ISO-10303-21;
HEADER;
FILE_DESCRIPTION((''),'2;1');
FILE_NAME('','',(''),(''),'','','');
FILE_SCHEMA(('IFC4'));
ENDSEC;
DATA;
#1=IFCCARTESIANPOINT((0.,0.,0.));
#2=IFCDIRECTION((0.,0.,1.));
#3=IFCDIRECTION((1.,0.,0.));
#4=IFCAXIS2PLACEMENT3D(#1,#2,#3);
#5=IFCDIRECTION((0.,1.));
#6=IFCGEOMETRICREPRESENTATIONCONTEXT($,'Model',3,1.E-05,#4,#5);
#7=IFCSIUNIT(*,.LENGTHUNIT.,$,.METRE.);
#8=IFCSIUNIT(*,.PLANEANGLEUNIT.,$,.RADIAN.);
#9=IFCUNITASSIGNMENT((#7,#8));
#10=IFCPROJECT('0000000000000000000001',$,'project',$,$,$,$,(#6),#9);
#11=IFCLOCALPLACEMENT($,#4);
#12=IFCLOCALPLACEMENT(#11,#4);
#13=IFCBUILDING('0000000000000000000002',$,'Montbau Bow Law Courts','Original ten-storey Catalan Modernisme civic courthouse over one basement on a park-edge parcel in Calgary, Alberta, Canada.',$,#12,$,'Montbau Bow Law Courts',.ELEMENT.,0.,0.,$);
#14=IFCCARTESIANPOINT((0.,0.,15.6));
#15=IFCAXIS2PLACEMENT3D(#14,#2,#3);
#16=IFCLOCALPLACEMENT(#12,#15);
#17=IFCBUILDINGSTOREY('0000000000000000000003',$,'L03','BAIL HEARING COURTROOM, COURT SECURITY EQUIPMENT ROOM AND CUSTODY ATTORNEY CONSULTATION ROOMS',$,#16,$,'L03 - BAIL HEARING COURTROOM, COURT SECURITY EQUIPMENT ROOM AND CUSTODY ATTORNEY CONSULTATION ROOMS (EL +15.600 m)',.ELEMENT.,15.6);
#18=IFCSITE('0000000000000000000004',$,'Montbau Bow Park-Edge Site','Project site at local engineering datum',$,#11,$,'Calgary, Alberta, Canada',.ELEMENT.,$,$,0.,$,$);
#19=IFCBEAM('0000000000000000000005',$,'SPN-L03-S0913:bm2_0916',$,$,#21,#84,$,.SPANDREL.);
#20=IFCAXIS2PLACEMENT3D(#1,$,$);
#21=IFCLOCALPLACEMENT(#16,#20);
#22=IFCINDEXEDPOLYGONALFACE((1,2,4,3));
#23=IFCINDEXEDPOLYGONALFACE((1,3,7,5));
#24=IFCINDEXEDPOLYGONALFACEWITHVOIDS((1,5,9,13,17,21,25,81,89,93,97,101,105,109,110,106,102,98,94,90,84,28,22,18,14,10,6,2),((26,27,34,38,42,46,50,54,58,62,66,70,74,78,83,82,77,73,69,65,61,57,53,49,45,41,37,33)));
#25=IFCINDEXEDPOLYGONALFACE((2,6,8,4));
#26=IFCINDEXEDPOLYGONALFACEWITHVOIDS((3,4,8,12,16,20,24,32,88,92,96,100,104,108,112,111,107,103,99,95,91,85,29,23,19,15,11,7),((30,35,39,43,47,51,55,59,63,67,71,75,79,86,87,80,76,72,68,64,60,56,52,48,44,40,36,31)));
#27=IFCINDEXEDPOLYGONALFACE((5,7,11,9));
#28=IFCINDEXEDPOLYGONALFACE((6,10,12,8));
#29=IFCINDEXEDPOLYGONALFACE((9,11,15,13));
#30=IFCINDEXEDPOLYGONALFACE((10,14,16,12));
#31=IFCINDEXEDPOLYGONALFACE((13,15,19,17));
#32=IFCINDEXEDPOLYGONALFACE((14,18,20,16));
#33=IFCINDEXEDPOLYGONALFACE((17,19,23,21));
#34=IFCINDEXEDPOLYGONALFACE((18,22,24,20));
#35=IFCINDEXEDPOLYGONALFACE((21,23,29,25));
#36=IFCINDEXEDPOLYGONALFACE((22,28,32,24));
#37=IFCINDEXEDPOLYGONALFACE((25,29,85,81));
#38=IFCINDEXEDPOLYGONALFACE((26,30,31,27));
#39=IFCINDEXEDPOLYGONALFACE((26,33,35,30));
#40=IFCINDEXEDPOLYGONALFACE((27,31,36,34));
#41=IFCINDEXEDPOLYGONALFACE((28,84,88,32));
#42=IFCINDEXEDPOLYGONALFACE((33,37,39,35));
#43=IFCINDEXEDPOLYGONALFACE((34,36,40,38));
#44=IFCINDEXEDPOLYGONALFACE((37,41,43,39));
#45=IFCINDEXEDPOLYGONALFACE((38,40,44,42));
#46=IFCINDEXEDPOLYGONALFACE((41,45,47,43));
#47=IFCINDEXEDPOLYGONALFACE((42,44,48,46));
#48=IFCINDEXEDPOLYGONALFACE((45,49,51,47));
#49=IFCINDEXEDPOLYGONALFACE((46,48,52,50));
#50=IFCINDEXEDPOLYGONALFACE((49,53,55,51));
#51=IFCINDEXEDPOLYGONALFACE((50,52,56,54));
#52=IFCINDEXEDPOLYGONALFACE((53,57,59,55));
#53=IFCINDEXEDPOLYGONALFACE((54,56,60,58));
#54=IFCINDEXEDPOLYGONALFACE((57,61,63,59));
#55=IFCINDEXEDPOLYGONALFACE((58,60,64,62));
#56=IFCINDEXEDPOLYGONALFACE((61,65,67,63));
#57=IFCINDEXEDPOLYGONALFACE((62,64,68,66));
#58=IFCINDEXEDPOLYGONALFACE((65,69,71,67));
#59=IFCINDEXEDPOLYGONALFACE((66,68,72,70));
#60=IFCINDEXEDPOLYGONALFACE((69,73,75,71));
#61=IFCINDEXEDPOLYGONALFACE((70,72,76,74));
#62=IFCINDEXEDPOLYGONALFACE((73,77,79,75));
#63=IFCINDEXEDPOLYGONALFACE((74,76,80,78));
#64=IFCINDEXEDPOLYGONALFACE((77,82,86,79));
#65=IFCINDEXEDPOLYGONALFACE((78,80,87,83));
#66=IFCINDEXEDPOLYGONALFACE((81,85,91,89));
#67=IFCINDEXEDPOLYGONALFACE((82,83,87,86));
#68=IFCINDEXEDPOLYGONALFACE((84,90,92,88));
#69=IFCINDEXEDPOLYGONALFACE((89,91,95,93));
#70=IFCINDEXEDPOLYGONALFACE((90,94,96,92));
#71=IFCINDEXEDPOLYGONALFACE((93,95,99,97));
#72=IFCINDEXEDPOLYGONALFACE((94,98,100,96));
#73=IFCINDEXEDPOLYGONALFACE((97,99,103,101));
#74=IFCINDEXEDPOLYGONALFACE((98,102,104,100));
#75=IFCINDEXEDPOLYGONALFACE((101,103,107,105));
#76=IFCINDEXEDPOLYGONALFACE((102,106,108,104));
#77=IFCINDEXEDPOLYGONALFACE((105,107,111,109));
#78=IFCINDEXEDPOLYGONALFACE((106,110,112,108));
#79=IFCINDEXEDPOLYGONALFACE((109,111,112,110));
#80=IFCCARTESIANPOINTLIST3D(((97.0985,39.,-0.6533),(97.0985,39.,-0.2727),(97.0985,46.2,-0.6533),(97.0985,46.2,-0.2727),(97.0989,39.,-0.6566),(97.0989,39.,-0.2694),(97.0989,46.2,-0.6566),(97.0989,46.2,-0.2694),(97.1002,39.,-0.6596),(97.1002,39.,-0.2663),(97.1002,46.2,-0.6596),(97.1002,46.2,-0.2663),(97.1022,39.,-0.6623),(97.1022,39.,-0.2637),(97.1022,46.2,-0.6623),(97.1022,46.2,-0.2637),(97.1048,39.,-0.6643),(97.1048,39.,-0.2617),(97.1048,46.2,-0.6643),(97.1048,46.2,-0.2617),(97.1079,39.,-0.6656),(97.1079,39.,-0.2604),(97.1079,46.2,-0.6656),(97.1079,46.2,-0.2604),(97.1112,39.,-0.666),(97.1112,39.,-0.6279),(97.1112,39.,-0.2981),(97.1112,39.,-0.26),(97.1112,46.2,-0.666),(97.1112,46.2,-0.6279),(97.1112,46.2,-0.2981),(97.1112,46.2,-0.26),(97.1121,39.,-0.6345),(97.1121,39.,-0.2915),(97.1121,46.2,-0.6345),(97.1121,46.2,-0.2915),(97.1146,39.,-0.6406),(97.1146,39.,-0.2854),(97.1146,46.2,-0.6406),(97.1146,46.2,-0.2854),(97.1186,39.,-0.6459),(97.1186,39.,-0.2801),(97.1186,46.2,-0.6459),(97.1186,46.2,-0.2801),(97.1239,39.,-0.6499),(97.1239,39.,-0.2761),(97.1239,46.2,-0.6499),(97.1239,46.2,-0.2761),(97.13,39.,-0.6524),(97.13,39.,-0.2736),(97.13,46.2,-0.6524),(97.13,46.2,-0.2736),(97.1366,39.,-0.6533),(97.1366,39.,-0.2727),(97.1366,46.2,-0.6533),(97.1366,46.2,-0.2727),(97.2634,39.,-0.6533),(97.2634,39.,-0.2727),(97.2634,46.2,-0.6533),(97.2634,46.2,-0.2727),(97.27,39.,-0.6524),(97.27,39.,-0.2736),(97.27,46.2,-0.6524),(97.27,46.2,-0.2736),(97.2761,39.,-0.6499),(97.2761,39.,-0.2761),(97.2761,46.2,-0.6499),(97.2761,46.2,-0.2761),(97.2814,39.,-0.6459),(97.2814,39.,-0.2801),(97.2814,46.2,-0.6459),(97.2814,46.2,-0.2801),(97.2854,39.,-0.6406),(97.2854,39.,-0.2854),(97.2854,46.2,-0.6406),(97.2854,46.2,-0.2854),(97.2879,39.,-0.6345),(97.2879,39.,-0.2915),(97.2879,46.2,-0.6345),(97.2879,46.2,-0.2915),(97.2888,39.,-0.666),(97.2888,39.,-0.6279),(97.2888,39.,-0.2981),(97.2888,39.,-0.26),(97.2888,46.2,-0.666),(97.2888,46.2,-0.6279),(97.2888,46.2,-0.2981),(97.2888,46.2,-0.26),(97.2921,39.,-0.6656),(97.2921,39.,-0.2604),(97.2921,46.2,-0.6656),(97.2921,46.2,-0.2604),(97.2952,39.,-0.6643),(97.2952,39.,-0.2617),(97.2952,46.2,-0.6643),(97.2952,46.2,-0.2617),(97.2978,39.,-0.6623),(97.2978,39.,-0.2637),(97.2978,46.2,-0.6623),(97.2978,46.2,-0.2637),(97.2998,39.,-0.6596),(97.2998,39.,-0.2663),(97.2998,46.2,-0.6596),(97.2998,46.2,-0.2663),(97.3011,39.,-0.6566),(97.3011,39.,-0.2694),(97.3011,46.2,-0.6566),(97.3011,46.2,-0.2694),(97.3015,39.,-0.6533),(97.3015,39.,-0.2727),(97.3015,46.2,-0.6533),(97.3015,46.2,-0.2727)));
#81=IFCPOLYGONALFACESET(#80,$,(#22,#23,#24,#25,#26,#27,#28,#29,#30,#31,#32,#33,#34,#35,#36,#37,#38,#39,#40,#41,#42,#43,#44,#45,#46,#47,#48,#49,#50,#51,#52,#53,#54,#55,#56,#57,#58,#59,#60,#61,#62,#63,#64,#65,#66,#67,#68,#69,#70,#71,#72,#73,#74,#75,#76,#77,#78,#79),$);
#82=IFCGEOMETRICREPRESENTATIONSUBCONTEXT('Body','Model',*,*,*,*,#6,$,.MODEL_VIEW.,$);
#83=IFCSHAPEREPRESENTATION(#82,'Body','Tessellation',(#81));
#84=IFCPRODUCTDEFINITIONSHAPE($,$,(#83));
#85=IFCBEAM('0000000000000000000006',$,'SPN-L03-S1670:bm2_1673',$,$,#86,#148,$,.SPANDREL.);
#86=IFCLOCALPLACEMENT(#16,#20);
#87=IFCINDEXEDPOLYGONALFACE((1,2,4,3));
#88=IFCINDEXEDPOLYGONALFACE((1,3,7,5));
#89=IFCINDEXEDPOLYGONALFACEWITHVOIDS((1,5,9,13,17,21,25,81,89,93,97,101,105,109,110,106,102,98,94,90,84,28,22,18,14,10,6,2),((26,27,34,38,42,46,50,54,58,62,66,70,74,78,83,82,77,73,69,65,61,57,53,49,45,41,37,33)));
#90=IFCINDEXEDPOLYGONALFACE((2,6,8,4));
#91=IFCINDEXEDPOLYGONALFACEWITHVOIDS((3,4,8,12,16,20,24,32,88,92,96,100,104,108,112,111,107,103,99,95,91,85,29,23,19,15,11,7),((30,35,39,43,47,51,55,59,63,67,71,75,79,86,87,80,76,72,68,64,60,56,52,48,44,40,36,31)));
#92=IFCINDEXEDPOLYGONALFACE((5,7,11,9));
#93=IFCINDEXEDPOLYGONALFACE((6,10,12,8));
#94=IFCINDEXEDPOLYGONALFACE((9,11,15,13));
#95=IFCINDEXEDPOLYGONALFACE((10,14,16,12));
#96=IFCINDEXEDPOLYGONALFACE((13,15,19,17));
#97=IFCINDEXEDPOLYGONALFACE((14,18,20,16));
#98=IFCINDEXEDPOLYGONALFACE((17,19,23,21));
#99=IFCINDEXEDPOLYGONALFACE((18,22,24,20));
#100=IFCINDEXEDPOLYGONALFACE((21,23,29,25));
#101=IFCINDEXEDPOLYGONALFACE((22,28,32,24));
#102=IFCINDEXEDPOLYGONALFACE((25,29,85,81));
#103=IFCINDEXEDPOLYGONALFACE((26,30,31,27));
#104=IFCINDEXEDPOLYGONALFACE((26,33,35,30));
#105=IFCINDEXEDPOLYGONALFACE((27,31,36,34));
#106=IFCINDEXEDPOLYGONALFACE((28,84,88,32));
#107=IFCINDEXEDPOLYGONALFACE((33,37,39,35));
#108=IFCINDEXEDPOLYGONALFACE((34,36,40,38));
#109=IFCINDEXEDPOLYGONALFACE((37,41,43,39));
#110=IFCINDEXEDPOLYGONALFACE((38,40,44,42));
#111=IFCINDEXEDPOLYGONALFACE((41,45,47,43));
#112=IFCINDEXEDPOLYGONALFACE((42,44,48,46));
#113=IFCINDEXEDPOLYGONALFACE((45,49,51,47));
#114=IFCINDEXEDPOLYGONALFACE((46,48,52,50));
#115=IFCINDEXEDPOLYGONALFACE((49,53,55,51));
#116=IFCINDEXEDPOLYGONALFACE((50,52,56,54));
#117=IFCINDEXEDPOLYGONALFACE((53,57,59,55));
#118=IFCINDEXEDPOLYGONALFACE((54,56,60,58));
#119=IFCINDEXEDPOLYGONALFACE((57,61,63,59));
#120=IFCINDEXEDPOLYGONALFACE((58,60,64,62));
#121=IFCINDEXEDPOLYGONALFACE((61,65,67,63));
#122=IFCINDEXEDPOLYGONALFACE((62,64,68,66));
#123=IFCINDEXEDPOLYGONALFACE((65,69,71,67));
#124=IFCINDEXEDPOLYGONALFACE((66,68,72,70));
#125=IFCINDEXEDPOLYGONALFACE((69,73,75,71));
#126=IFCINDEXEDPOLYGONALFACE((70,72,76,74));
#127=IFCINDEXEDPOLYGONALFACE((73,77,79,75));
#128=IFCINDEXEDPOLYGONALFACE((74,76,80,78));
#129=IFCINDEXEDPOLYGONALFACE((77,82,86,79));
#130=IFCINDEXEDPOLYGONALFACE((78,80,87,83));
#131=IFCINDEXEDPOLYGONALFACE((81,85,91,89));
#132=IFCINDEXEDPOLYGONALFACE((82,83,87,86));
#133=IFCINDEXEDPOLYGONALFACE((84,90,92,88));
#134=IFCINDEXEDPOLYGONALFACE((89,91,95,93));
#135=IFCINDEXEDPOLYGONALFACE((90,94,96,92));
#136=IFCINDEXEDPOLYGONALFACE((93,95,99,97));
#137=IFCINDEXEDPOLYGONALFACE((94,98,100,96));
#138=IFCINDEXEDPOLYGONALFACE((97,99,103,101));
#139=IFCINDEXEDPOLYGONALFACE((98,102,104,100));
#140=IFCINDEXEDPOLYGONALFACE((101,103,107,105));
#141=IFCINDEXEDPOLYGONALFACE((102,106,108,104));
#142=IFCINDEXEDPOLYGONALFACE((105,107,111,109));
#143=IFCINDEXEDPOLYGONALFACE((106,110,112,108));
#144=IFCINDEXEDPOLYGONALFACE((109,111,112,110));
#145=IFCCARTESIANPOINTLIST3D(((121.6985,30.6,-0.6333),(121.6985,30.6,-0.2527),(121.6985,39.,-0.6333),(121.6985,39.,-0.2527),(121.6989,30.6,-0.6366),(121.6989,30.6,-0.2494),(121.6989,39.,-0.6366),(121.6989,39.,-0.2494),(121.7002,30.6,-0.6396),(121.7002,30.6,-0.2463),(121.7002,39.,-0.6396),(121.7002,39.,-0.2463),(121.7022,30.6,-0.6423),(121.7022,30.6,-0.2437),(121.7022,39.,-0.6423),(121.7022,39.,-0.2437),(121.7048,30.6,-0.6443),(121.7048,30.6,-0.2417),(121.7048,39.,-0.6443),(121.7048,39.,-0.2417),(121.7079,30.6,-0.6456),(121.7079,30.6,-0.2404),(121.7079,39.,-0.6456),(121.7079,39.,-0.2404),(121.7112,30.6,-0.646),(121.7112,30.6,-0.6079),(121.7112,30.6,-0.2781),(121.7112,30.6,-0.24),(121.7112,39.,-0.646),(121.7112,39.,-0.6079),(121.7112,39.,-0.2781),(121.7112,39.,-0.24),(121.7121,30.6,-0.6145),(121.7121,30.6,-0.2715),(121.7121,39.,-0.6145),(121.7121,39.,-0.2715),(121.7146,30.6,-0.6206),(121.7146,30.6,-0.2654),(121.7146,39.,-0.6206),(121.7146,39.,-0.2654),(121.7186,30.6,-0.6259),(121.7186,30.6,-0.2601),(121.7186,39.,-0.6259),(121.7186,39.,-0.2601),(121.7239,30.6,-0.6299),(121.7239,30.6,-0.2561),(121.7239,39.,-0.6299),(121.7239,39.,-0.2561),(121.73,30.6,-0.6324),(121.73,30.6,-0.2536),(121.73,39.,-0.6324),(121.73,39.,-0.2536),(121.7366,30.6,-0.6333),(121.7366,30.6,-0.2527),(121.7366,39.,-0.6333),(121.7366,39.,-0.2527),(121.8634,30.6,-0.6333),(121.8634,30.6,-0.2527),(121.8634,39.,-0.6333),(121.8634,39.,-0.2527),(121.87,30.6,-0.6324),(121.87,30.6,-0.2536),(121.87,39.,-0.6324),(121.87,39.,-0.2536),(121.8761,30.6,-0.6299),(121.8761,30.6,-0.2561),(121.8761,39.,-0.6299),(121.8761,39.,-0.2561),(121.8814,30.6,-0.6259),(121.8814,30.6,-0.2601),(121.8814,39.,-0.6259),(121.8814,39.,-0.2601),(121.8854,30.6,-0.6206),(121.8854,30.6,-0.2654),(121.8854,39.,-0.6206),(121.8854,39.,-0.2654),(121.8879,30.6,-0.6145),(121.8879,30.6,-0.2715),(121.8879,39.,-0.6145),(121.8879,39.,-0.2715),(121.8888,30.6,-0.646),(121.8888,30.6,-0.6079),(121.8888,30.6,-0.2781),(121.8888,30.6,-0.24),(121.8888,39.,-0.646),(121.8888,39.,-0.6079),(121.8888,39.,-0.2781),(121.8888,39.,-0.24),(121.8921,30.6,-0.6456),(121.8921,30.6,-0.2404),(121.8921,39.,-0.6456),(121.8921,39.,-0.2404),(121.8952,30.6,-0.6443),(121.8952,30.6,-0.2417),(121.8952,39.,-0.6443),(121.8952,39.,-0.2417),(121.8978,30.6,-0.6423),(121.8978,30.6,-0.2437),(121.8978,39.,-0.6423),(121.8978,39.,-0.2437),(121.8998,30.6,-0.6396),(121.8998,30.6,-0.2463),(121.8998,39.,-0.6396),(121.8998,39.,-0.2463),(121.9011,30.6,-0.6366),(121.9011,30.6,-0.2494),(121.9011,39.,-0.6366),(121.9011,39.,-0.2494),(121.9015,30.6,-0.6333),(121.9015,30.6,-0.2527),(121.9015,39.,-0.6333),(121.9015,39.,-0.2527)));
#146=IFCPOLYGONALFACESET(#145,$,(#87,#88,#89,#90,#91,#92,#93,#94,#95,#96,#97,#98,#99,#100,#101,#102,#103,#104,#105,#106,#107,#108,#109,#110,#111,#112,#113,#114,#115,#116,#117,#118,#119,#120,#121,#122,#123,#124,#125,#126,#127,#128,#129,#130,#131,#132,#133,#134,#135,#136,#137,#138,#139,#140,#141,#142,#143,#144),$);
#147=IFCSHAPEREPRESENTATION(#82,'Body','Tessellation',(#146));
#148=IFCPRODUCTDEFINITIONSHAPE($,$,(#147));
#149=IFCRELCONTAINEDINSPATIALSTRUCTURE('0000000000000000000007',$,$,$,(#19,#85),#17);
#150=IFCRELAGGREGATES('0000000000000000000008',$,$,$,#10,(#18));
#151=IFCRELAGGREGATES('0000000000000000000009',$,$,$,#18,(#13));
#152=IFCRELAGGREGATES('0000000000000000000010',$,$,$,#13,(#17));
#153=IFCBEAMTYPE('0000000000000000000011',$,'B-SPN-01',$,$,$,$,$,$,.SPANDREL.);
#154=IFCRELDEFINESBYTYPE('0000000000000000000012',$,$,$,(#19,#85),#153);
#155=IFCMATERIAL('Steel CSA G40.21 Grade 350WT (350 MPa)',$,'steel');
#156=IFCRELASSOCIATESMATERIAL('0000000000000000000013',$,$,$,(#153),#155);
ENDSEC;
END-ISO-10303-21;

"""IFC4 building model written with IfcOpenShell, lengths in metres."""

from ifc_helpers import new_model, si_unit, direction, frame, origin_with_axes, origin_2d_with_axis, place, context, subcontext, project, spatial, hollow_rectangle, extrude, material, material_profile, profile_set, type_object, element, save


model = new_model("IFC4")

# Units and contexts
model_context = context("Model", 3, precision=1e-05, world=origin_with_axes(), true_north=direction((0.0, 1.0)))
body_context = subcontext(model_context, "Body", "Model", "MODEL_VIEW")
ifc_project = project(units=[si_unit("LENGTHUNIT", "METRE"), si_unit("PLANEANGLEUNIT", "RADIAN")], contexts=[model_context])

# Site, building, storey
site_placement = place(None, origin_with_axes())
site = spatial("IfcSite", under=ifc_project, at=site_placement, Name="Montbau Bow Park-Edge Site", Description="Project site at local engineering datum", LongName="Calgary, Alberta, Canada", CompositionType="ELEMENT", RefElevation=0.0)
building_placement = place(site_placement, origin_with_axes())
building = spatial("IfcBuilding", under=site, at=building_placement, Name="Montbau Bow Law Courts", Description="Original ten-storey Catalan Modernisme civic courthouse over one basement on a park-edge parcel in Calgary, Alberta, Canada.", LongName="Montbau Bow Law Courts", CompositionType="ELEMENT", ElevationOfRefHeight=0.0, ElevationOfTerrain=0.0)
storey_placement = place(building_placement, frame((0.0, 0.0, 15.6), z_axis=(0.0, 0.0, 1.0), x_axis=(1.0, 0.0, 0.0)))
storey = spatial("IfcBuildingStorey", under=building, at=storey_placement, Name="L03", Description="BAIL HEARING COURTROOM, COURT SECURITY EQUIPMENT ROOM AND CUSTODY ATTORNEY CONSULTATION ROOMS", LongName="L03 - BAIL HEARING COURTROOM, COURT SECURITY EQUIPMENT ROOM AND CUSTODY ATTORNEY CONSULTATION ROOMS (EL +15.600 m)", CompositionType="ELEMENT", Elevation=15.6)

# Beams
ifc_material_1 = material(Name="Steel CSA G40.21 Grade 350WT (350 MPa)", Category="steel")
ifc_material_profile_1 = material_profile(ifc_material_1, hollow_rectangle(XDim=0.203, YDim=0.406, WallThickness=0.0127, InnerFilletRadius=0.0254, OuterFilletRadius=0.0127, at=origin_2d_with_axis()), Name="HSS406X203X13", Category="Main", Priority=0)
ifc_profile_set_1 = profile_set([ifc_material_profile_1], Name="Steel CSA G40.21 Grade 350WT (350 MPa)")
beam_type_1 = type_object("IfcBeamType", Name="B-SPN-01", PredefinedType="SPANDREL", material=ifc_profile_set_1)
beam_1_placement = place(None, frame((97.2, 39.0, 15.137), z_axis=(0.0, 1.0, 0.0), x_axis=(-1.0, 0.0, 0.0)))
element("IfcBeam", 1, at=beam_1_placement, inside=storey, type_object=beam_type_1, Name="SPN-L03-S0913:bm2_0916", PredefinedType="SPANDREL", context=body_context, shape_type="SweptSolid", body=[
    extrude(hollow_rectangle(XDim=0.203, YDim=0.406, WallThickness=0.0127, InnerFilletRadius=0.0254, OuterFilletRadius=0.0127, at=origin_2d_with_axis()), origin_with_axes(), (0.0, 0.0, 1.0), 7.2),
])
beam_2_placement = place(None, frame((121.8, 30.6, 15.157), z_axis=(0.0, 1.0, 0.0), x_axis=(-1.0, 0.0, 0.0)))
element("IfcBeam", 2, at=beam_2_placement, inside=storey, type_object=beam_type_1, Name="SPN-L03-S1670:bm2_1673", PredefinedType="SPANDREL", context=body_context, shape_type="SweptSolid", body=[
    extrude(hollow_rectangle(XDim=0.203, YDim=0.406, WallThickness=0.0127, InnerFilletRadius=0.0254, OuterFilletRadius=0.0127, at=origin_2d_with_axis()), origin_with_axes(), (0.0, 0.0, 1.0), 8.4),
])

save(model, "model.ifc")
